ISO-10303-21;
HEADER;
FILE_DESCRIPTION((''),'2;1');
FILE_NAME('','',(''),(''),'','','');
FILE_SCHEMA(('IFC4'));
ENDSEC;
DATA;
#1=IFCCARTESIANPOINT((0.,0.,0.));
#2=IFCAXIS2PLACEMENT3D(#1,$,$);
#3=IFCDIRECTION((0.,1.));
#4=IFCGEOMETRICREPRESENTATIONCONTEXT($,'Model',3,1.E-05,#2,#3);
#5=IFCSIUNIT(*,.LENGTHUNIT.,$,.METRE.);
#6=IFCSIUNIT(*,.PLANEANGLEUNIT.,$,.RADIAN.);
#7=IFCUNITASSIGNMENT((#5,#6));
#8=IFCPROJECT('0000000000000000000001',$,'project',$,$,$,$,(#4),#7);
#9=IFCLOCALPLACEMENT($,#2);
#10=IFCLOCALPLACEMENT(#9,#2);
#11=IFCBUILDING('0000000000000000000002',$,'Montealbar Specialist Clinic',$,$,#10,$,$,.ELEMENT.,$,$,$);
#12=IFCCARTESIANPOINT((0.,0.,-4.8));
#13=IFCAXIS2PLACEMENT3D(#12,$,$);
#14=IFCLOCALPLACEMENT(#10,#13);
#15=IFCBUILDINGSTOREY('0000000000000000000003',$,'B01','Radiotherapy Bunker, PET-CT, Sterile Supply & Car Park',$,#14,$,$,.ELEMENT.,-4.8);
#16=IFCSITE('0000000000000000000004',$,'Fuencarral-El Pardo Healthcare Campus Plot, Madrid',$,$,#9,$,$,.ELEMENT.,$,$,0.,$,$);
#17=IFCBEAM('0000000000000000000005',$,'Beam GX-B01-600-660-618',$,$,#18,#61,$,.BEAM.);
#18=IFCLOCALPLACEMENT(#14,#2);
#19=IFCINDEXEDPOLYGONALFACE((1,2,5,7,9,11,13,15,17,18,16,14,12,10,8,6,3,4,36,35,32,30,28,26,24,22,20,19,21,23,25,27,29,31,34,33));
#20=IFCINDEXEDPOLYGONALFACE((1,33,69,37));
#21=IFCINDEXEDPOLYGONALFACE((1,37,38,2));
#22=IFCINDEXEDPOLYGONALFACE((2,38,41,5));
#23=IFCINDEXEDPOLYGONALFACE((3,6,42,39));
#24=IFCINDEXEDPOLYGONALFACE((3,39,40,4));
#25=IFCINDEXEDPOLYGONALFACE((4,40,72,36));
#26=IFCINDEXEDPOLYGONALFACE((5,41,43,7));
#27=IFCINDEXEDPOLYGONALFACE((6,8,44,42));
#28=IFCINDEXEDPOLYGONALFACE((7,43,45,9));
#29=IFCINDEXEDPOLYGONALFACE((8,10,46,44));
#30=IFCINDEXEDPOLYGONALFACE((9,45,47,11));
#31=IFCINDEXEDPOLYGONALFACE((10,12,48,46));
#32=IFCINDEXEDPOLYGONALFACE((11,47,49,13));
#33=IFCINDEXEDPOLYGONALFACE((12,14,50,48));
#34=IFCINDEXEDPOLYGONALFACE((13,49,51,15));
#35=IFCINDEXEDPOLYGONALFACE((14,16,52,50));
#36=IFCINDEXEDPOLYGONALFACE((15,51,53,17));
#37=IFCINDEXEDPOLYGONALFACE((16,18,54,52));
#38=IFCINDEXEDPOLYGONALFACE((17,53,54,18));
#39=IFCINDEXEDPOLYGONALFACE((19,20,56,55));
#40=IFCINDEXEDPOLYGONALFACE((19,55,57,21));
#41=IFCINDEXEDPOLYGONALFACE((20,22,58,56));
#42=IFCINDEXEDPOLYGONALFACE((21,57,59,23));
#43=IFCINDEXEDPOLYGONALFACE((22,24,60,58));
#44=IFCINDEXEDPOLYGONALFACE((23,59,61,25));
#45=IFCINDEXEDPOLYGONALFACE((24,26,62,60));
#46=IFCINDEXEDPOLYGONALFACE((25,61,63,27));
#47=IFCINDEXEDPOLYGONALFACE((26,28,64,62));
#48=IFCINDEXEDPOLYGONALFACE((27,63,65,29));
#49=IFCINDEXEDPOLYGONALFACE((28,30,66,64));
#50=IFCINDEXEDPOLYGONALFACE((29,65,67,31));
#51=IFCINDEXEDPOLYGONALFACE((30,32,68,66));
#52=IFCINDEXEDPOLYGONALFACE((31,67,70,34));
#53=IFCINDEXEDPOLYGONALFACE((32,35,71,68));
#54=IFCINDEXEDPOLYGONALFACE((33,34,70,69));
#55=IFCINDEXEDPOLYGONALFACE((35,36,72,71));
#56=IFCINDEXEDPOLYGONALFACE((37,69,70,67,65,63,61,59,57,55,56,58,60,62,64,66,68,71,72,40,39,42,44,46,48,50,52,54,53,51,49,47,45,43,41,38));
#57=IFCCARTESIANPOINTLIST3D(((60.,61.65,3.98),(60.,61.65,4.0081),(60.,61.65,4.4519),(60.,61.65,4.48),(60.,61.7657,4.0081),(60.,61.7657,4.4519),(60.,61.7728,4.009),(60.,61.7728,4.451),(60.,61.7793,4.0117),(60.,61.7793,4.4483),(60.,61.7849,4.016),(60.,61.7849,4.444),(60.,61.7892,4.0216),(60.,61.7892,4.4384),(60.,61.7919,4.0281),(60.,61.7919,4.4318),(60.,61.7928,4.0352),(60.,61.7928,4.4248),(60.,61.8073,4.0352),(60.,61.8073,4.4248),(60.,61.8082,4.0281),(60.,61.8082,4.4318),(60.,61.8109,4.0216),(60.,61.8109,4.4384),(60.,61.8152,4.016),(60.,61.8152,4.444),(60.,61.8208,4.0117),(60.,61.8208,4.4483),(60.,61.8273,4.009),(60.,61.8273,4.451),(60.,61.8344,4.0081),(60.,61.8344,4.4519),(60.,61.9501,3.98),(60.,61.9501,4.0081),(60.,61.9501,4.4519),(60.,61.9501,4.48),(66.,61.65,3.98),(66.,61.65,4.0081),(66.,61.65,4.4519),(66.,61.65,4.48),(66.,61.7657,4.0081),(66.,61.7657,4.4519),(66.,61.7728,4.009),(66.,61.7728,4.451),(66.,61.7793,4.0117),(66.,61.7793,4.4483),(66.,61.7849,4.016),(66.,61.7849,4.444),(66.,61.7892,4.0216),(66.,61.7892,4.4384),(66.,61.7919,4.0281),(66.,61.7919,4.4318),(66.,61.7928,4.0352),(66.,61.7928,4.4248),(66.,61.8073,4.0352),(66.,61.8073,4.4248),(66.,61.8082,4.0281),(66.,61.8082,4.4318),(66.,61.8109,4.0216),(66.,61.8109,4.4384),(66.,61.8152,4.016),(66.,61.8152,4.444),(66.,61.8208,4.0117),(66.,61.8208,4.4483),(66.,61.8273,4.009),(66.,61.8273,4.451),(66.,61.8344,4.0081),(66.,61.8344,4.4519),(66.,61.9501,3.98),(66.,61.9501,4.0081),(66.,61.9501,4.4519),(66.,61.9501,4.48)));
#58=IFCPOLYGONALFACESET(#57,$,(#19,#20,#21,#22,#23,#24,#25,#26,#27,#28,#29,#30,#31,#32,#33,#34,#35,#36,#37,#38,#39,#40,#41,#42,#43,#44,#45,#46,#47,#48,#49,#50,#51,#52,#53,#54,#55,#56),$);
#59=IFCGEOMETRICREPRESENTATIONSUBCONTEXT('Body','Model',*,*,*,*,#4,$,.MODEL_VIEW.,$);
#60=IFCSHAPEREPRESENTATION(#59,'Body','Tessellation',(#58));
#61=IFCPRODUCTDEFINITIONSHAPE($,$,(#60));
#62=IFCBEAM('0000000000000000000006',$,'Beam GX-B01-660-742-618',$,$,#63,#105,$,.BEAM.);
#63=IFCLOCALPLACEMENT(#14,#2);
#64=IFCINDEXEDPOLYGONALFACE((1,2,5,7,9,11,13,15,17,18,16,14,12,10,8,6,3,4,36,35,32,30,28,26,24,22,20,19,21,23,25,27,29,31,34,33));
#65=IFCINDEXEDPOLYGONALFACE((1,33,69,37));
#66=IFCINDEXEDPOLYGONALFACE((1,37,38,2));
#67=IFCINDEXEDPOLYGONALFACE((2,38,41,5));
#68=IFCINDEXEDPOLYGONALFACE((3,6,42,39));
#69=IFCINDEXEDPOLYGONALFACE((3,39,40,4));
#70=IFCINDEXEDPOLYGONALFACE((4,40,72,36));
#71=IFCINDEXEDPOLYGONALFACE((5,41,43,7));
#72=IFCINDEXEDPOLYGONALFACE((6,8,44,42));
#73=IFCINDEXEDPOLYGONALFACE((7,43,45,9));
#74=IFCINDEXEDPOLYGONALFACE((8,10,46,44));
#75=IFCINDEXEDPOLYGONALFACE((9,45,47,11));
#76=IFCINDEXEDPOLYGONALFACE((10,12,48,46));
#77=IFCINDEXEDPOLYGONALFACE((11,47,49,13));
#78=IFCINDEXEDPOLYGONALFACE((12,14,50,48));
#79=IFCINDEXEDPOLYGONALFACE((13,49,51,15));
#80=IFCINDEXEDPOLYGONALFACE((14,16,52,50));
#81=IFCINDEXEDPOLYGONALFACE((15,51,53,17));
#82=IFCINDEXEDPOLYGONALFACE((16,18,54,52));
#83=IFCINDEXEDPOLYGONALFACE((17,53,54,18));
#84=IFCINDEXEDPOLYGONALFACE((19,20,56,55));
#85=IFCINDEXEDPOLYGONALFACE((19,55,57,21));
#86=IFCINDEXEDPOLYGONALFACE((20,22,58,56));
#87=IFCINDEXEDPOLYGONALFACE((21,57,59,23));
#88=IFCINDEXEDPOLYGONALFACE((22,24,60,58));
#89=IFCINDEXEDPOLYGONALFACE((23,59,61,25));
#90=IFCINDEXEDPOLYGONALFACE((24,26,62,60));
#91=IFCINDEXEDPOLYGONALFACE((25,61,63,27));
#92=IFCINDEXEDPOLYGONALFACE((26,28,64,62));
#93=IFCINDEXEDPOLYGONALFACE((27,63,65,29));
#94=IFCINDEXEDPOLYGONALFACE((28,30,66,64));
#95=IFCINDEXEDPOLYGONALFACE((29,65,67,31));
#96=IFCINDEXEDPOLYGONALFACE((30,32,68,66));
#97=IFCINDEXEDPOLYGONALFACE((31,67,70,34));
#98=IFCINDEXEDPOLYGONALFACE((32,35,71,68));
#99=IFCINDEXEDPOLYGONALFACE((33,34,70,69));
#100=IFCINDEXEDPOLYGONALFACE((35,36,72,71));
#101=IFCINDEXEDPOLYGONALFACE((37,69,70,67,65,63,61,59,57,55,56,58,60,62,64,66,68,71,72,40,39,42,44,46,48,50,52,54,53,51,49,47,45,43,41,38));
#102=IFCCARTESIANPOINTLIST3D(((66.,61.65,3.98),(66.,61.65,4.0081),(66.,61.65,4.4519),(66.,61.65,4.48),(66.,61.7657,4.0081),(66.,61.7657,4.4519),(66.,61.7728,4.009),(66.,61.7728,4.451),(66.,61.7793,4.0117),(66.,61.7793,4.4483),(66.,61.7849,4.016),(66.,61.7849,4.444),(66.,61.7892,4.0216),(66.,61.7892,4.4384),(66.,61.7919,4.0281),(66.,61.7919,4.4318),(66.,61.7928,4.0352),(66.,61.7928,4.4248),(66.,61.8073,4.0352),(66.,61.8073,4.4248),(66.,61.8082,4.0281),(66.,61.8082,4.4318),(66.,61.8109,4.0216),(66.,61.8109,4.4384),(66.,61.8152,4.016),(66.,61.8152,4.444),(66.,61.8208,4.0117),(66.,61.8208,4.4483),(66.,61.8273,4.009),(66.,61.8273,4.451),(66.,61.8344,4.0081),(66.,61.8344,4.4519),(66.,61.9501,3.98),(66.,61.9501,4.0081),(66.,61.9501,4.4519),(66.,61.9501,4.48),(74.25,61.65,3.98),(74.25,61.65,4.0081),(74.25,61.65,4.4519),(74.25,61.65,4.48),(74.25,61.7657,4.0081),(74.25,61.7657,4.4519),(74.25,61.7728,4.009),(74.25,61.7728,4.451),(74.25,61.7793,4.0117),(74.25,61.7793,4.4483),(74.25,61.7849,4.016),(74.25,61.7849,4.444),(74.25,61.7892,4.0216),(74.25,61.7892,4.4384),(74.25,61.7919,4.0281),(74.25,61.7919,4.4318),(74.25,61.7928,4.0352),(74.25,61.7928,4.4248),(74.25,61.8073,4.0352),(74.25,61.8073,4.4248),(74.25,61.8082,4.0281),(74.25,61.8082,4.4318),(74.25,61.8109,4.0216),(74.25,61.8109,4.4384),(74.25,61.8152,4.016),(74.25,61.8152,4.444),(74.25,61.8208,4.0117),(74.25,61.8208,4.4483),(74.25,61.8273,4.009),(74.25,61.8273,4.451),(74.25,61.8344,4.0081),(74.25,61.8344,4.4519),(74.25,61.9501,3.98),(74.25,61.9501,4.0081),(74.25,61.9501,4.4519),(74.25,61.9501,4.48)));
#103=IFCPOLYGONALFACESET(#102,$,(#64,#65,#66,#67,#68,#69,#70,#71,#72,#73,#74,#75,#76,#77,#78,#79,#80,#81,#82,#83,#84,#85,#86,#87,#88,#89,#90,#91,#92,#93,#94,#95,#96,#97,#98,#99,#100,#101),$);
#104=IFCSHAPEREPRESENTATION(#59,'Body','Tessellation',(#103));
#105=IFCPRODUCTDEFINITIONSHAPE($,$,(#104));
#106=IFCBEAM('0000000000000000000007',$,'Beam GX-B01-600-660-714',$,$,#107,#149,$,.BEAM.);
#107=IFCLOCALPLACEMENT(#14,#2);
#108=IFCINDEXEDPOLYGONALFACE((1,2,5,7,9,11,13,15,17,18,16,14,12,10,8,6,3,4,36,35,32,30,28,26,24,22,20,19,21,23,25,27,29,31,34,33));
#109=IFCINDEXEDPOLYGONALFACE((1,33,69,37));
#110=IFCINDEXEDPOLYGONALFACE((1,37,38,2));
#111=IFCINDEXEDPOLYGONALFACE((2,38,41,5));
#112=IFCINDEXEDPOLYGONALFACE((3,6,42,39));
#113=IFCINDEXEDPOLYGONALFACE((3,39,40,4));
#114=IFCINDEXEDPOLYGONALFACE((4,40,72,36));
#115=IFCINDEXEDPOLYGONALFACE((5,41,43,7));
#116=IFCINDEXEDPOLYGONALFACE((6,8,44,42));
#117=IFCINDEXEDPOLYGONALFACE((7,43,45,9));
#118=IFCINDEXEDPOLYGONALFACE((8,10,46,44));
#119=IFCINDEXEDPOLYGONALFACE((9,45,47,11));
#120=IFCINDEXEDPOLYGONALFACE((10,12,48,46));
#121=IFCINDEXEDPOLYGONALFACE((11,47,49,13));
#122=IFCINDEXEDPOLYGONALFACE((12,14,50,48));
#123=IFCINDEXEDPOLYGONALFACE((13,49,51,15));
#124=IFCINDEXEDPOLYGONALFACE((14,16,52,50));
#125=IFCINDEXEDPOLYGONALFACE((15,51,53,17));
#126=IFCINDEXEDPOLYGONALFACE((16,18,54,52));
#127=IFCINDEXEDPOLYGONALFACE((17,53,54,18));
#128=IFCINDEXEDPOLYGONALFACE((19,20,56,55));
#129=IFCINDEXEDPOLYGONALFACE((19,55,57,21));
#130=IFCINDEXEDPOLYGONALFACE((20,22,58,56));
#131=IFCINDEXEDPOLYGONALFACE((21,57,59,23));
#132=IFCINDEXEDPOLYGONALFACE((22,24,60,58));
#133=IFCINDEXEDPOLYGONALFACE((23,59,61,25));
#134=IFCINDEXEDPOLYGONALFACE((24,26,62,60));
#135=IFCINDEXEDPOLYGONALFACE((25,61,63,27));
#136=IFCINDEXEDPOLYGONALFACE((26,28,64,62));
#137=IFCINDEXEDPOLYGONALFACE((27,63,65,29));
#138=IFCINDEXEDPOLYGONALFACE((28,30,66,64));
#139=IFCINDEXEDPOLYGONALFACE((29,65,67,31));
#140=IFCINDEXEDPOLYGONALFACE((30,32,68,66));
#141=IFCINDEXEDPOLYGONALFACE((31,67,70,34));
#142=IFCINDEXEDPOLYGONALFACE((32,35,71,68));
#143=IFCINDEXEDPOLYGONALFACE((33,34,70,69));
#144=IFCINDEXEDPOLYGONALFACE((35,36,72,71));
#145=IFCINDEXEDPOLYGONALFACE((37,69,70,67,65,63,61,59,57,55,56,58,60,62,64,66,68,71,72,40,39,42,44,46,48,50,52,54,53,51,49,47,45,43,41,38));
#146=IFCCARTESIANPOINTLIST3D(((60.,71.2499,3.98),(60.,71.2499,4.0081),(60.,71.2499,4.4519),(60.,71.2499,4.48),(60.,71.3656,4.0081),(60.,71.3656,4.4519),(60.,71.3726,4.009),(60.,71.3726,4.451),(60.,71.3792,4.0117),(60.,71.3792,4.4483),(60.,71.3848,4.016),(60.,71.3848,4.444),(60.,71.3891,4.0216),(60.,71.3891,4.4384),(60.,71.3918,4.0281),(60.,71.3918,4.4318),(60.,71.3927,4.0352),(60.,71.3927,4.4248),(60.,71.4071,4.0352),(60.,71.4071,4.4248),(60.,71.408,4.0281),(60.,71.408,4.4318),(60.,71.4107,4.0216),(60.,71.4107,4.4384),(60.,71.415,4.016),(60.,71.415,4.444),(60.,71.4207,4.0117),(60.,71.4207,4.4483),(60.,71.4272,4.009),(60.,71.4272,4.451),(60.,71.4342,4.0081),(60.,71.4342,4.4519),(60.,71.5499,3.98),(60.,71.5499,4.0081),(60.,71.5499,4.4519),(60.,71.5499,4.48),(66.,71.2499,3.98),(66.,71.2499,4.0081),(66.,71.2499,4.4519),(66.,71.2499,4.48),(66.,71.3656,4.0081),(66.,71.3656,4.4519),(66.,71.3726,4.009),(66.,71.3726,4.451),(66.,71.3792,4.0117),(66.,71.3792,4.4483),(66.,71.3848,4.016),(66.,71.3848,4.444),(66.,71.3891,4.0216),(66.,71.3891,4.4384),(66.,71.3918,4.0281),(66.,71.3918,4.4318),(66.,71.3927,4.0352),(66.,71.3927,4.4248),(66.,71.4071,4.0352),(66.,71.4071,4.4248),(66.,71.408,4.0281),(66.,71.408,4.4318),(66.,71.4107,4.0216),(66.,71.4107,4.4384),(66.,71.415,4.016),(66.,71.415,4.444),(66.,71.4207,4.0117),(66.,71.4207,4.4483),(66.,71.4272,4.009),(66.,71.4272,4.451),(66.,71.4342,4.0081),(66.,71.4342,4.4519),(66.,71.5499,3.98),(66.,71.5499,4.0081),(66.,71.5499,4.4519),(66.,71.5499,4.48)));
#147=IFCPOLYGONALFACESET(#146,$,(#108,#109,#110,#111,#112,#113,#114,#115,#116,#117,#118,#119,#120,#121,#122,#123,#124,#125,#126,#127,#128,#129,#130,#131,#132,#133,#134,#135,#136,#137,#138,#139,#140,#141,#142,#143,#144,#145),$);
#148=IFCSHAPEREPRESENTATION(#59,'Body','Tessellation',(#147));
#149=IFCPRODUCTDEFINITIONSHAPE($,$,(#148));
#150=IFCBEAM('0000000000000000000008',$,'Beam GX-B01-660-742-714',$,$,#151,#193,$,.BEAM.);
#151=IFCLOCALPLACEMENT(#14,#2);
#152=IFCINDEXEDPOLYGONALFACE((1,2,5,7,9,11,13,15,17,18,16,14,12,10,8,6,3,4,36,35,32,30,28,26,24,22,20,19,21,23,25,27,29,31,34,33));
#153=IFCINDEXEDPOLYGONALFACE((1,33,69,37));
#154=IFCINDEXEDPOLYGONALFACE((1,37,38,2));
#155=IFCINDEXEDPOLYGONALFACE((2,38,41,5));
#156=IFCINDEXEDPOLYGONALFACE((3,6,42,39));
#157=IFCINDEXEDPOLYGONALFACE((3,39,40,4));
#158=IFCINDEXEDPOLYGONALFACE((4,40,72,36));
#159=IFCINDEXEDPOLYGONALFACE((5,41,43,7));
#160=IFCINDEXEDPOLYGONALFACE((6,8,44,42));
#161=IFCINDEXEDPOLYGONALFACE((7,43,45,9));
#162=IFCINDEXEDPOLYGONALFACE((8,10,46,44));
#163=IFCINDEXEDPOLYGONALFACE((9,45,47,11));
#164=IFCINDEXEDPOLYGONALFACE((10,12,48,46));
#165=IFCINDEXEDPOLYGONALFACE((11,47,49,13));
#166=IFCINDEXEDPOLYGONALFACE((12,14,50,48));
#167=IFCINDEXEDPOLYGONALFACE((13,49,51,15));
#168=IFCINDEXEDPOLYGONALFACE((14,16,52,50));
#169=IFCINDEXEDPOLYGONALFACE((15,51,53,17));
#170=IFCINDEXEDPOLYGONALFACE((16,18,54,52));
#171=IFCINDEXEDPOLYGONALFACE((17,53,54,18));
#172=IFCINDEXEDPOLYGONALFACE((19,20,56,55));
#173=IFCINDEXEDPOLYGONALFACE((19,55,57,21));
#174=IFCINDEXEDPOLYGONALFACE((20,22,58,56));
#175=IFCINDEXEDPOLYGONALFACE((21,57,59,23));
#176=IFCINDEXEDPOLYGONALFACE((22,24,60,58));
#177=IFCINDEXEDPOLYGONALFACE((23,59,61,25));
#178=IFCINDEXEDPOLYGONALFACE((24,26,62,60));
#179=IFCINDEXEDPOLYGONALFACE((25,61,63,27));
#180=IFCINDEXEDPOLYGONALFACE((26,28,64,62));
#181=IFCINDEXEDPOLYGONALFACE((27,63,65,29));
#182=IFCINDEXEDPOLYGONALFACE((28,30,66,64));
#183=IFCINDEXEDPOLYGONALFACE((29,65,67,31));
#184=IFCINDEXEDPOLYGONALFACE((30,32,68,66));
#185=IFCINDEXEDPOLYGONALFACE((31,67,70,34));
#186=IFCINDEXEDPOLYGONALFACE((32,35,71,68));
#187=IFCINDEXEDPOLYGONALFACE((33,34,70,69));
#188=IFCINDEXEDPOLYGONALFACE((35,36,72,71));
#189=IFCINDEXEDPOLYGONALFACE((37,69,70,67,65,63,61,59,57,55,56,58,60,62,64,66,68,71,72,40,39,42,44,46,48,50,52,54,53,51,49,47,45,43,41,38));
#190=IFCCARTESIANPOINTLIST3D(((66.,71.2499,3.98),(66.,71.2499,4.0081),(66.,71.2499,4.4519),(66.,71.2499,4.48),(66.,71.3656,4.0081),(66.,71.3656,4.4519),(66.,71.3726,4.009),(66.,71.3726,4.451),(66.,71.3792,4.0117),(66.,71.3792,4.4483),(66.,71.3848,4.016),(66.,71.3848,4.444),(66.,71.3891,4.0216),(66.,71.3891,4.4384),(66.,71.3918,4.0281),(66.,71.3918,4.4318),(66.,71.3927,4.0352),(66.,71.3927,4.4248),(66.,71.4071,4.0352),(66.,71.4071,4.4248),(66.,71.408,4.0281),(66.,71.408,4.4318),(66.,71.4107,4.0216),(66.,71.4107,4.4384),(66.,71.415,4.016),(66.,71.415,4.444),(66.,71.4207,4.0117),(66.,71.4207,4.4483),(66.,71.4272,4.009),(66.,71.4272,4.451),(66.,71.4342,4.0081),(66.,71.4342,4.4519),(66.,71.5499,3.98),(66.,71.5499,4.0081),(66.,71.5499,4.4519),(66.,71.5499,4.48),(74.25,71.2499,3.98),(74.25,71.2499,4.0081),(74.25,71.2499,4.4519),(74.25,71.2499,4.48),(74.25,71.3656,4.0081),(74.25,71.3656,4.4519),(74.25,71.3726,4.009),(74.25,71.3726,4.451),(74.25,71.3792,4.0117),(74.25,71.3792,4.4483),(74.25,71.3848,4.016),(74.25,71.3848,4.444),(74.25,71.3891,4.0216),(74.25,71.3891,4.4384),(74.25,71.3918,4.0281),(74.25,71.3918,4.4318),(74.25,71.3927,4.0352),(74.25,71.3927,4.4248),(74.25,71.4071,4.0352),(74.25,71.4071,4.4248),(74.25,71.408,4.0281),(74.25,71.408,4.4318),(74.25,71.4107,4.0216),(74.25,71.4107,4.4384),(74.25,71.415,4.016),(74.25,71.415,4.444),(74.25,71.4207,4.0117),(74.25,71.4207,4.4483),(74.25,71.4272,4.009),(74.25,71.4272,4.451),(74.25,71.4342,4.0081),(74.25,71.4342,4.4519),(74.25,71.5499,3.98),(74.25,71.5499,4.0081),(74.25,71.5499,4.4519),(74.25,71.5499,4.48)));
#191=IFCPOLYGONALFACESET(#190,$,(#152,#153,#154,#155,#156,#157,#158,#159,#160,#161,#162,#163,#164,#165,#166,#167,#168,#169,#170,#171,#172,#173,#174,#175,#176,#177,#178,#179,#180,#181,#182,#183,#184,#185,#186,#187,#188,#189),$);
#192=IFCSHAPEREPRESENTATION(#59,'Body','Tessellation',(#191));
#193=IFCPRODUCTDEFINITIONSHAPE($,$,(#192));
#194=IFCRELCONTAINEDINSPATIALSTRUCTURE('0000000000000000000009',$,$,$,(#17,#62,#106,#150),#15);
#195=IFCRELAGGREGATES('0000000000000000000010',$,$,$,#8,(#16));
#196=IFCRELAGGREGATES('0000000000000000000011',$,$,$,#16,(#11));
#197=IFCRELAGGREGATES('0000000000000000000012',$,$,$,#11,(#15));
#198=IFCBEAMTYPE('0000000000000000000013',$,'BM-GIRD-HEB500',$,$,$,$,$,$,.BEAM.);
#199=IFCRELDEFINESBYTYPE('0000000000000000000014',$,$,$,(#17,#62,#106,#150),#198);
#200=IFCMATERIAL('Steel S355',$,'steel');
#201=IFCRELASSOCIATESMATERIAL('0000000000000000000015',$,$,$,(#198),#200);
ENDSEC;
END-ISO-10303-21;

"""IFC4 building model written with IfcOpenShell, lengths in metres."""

from ifc_helpers import new_model, si_unit, direction, frame, origin, origin_2d, place, context, subcontext, project, spatial, i_section, extrude, material, material_profile, profile_set, type_object, element, save


model = new_model("IFC4")

# Units and contexts
model_context = context("Model", 3, precision=1e-05, world=origin(), true_north=direction((0.0, 1.0)))
body_context = subcontext(model_context, "Body", "Model", "MODEL_VIEW")
ifc_project = project(units=[si_unit("LENGTHUNIT", "METRE"), si_unit("PLANEANGLEUNIT", "RADIAN")], contexts=[model_context])

# Site, building, storey
site_placement = place(None, origin())
site = spatial("IfcSite", under=ifc_project, at=site_placement, Name="Fuencarral-El Pardo Healthcare Campus Plot, Madrid", CompositionType="ELEMENT", RefElevation=0.0)
building_placement = place(site_placement, origin())
building = spatial("IfcBuilding", under=site, at=building_placement, Name="Montealbar Specialist Clinic", CompositionType="ELEMENT")
storey_placement = place(building_placement, frame((0.0, 0.0, -4.8)))
storey = spatial("IfcBuildingStorey", under=building, at=storey_placement, Name="B01", Description="Radiotherapy Bunker, PET-CT, Sterile Supply & Car Park", CompositionType="ELEMENT", Elevation=-4.8)

# Shared definitions
ifc_material_1 = material(Name="Steel S355", Category="steel")

# Beams
ifc_material_profile_1 = material_profile(ifc_material_1, i_section(OverallWidth=0.3, OverallDepth=0.5, WebThickness=0.0144, FlangeThickness=0.0281, FilletRadius=0.0271, at=origin_2d()), Name="HEB 500", Category="steel")
ifc_profile_set_1 = profile_set([ifc_material_profile_1], Name="Steel S355")
beam_type_1 = type_object("IfcBeamType", Name="BM-GIRD-HEB500", PredefinedType="BEAM", material=ifc_profile_set_1)
beam_1_placement = place(storey_placement, frame((60.0, 61.8, 4.23), z_axis=(1.0, 0.0, 0.0), x_axis=(0.0, 1.0, 0.0)))
element("IfcBeam", 1, at=beam_1_placement, inside=storey, type_object=beam_type_1, Name="Beam GX-B01-600-660-618", PredefinedType="BEAM", context=body_context, shape_type="SweptSolid", body=[
    extrude(i_section(OverallWidth=0.3, OverallDepth=0.5, WebThickness=0.0144, FlangeThickness=0.0281, FilletRadius=0.0271, at=origin_2d()), origin(), (0.0, 0.0, 1.0), 6.0),
])
beam_2_placement = place(storey_placement, frame((66.0, 61.8, 4.23), z_axis=(1.0, 0.0, 0.0), x_axis=(0.0, 1.0, 0.0)))
element("IfcBeam", 2, at=beam_2_placement, inside=storey, type_object=beam_type_1, Name="Beam GX-B01-660-742-618", PredefinedType="BEAM", context=body_context, shape_type="SweptSolid", body=[
    extrude(i_section(OverallWidth=0.3, OverallDepth=0.5, WebThickness=0.0144, FlangeThickness=0.0281, FilletRadius=0.0271, at=origin_2d()), origin(), (0.0, 0.0, 1.0), 8.25),
])
beam_3_placement = place(storey_placement, frame((60.0, 71.3999, 4.23), z_axis=(1.0, 0.0, 0.0), x_axis=(0.0, 1.0, 0.0)))
element("IfcBeam", 3, at=beam_3_placement, inside=storey, type_object=beam_type_1, Name="Beam GX-B01-600-660-714", PredefinedType="BEAM", context=body_context, shape_type="SweptSolid", body=[
    extrude(i_section(OverallWidth=0.3, OverallDepth=0.5, WebThickness=0.0144, FlangeThickness=0.0281, FilletRadius=0.0271, at=origin_2d()), origin(), (0.0, 0.0, 1.0), 6.0),
])
beam_4_placement = place(storey_placement, frame((66.0, 71.3999, 4.23), z_axis=(1.0, 0.0, 0.0), x_axis=(0.0, 1.0, 0.0)))
element("IfcBeam", 4, at=beam_4_placement, inside=storey, type_object=beam_type_1, Name="Beam GX-B01-660-742-714", PredefinedType="BEAM", context=body_context, shape_type="SweptSolid", body=[
    extrude(i_section(OverallWidth=0.3, OverallDepth=0.5, WebThickness=0.0144, FlangeThickness=0.0281, FilletRadius=0.0271, at=origin_2d()), origin(), (0.0, 0.0, 1.0), 8.25),
])

save(model, "model.ifc")
